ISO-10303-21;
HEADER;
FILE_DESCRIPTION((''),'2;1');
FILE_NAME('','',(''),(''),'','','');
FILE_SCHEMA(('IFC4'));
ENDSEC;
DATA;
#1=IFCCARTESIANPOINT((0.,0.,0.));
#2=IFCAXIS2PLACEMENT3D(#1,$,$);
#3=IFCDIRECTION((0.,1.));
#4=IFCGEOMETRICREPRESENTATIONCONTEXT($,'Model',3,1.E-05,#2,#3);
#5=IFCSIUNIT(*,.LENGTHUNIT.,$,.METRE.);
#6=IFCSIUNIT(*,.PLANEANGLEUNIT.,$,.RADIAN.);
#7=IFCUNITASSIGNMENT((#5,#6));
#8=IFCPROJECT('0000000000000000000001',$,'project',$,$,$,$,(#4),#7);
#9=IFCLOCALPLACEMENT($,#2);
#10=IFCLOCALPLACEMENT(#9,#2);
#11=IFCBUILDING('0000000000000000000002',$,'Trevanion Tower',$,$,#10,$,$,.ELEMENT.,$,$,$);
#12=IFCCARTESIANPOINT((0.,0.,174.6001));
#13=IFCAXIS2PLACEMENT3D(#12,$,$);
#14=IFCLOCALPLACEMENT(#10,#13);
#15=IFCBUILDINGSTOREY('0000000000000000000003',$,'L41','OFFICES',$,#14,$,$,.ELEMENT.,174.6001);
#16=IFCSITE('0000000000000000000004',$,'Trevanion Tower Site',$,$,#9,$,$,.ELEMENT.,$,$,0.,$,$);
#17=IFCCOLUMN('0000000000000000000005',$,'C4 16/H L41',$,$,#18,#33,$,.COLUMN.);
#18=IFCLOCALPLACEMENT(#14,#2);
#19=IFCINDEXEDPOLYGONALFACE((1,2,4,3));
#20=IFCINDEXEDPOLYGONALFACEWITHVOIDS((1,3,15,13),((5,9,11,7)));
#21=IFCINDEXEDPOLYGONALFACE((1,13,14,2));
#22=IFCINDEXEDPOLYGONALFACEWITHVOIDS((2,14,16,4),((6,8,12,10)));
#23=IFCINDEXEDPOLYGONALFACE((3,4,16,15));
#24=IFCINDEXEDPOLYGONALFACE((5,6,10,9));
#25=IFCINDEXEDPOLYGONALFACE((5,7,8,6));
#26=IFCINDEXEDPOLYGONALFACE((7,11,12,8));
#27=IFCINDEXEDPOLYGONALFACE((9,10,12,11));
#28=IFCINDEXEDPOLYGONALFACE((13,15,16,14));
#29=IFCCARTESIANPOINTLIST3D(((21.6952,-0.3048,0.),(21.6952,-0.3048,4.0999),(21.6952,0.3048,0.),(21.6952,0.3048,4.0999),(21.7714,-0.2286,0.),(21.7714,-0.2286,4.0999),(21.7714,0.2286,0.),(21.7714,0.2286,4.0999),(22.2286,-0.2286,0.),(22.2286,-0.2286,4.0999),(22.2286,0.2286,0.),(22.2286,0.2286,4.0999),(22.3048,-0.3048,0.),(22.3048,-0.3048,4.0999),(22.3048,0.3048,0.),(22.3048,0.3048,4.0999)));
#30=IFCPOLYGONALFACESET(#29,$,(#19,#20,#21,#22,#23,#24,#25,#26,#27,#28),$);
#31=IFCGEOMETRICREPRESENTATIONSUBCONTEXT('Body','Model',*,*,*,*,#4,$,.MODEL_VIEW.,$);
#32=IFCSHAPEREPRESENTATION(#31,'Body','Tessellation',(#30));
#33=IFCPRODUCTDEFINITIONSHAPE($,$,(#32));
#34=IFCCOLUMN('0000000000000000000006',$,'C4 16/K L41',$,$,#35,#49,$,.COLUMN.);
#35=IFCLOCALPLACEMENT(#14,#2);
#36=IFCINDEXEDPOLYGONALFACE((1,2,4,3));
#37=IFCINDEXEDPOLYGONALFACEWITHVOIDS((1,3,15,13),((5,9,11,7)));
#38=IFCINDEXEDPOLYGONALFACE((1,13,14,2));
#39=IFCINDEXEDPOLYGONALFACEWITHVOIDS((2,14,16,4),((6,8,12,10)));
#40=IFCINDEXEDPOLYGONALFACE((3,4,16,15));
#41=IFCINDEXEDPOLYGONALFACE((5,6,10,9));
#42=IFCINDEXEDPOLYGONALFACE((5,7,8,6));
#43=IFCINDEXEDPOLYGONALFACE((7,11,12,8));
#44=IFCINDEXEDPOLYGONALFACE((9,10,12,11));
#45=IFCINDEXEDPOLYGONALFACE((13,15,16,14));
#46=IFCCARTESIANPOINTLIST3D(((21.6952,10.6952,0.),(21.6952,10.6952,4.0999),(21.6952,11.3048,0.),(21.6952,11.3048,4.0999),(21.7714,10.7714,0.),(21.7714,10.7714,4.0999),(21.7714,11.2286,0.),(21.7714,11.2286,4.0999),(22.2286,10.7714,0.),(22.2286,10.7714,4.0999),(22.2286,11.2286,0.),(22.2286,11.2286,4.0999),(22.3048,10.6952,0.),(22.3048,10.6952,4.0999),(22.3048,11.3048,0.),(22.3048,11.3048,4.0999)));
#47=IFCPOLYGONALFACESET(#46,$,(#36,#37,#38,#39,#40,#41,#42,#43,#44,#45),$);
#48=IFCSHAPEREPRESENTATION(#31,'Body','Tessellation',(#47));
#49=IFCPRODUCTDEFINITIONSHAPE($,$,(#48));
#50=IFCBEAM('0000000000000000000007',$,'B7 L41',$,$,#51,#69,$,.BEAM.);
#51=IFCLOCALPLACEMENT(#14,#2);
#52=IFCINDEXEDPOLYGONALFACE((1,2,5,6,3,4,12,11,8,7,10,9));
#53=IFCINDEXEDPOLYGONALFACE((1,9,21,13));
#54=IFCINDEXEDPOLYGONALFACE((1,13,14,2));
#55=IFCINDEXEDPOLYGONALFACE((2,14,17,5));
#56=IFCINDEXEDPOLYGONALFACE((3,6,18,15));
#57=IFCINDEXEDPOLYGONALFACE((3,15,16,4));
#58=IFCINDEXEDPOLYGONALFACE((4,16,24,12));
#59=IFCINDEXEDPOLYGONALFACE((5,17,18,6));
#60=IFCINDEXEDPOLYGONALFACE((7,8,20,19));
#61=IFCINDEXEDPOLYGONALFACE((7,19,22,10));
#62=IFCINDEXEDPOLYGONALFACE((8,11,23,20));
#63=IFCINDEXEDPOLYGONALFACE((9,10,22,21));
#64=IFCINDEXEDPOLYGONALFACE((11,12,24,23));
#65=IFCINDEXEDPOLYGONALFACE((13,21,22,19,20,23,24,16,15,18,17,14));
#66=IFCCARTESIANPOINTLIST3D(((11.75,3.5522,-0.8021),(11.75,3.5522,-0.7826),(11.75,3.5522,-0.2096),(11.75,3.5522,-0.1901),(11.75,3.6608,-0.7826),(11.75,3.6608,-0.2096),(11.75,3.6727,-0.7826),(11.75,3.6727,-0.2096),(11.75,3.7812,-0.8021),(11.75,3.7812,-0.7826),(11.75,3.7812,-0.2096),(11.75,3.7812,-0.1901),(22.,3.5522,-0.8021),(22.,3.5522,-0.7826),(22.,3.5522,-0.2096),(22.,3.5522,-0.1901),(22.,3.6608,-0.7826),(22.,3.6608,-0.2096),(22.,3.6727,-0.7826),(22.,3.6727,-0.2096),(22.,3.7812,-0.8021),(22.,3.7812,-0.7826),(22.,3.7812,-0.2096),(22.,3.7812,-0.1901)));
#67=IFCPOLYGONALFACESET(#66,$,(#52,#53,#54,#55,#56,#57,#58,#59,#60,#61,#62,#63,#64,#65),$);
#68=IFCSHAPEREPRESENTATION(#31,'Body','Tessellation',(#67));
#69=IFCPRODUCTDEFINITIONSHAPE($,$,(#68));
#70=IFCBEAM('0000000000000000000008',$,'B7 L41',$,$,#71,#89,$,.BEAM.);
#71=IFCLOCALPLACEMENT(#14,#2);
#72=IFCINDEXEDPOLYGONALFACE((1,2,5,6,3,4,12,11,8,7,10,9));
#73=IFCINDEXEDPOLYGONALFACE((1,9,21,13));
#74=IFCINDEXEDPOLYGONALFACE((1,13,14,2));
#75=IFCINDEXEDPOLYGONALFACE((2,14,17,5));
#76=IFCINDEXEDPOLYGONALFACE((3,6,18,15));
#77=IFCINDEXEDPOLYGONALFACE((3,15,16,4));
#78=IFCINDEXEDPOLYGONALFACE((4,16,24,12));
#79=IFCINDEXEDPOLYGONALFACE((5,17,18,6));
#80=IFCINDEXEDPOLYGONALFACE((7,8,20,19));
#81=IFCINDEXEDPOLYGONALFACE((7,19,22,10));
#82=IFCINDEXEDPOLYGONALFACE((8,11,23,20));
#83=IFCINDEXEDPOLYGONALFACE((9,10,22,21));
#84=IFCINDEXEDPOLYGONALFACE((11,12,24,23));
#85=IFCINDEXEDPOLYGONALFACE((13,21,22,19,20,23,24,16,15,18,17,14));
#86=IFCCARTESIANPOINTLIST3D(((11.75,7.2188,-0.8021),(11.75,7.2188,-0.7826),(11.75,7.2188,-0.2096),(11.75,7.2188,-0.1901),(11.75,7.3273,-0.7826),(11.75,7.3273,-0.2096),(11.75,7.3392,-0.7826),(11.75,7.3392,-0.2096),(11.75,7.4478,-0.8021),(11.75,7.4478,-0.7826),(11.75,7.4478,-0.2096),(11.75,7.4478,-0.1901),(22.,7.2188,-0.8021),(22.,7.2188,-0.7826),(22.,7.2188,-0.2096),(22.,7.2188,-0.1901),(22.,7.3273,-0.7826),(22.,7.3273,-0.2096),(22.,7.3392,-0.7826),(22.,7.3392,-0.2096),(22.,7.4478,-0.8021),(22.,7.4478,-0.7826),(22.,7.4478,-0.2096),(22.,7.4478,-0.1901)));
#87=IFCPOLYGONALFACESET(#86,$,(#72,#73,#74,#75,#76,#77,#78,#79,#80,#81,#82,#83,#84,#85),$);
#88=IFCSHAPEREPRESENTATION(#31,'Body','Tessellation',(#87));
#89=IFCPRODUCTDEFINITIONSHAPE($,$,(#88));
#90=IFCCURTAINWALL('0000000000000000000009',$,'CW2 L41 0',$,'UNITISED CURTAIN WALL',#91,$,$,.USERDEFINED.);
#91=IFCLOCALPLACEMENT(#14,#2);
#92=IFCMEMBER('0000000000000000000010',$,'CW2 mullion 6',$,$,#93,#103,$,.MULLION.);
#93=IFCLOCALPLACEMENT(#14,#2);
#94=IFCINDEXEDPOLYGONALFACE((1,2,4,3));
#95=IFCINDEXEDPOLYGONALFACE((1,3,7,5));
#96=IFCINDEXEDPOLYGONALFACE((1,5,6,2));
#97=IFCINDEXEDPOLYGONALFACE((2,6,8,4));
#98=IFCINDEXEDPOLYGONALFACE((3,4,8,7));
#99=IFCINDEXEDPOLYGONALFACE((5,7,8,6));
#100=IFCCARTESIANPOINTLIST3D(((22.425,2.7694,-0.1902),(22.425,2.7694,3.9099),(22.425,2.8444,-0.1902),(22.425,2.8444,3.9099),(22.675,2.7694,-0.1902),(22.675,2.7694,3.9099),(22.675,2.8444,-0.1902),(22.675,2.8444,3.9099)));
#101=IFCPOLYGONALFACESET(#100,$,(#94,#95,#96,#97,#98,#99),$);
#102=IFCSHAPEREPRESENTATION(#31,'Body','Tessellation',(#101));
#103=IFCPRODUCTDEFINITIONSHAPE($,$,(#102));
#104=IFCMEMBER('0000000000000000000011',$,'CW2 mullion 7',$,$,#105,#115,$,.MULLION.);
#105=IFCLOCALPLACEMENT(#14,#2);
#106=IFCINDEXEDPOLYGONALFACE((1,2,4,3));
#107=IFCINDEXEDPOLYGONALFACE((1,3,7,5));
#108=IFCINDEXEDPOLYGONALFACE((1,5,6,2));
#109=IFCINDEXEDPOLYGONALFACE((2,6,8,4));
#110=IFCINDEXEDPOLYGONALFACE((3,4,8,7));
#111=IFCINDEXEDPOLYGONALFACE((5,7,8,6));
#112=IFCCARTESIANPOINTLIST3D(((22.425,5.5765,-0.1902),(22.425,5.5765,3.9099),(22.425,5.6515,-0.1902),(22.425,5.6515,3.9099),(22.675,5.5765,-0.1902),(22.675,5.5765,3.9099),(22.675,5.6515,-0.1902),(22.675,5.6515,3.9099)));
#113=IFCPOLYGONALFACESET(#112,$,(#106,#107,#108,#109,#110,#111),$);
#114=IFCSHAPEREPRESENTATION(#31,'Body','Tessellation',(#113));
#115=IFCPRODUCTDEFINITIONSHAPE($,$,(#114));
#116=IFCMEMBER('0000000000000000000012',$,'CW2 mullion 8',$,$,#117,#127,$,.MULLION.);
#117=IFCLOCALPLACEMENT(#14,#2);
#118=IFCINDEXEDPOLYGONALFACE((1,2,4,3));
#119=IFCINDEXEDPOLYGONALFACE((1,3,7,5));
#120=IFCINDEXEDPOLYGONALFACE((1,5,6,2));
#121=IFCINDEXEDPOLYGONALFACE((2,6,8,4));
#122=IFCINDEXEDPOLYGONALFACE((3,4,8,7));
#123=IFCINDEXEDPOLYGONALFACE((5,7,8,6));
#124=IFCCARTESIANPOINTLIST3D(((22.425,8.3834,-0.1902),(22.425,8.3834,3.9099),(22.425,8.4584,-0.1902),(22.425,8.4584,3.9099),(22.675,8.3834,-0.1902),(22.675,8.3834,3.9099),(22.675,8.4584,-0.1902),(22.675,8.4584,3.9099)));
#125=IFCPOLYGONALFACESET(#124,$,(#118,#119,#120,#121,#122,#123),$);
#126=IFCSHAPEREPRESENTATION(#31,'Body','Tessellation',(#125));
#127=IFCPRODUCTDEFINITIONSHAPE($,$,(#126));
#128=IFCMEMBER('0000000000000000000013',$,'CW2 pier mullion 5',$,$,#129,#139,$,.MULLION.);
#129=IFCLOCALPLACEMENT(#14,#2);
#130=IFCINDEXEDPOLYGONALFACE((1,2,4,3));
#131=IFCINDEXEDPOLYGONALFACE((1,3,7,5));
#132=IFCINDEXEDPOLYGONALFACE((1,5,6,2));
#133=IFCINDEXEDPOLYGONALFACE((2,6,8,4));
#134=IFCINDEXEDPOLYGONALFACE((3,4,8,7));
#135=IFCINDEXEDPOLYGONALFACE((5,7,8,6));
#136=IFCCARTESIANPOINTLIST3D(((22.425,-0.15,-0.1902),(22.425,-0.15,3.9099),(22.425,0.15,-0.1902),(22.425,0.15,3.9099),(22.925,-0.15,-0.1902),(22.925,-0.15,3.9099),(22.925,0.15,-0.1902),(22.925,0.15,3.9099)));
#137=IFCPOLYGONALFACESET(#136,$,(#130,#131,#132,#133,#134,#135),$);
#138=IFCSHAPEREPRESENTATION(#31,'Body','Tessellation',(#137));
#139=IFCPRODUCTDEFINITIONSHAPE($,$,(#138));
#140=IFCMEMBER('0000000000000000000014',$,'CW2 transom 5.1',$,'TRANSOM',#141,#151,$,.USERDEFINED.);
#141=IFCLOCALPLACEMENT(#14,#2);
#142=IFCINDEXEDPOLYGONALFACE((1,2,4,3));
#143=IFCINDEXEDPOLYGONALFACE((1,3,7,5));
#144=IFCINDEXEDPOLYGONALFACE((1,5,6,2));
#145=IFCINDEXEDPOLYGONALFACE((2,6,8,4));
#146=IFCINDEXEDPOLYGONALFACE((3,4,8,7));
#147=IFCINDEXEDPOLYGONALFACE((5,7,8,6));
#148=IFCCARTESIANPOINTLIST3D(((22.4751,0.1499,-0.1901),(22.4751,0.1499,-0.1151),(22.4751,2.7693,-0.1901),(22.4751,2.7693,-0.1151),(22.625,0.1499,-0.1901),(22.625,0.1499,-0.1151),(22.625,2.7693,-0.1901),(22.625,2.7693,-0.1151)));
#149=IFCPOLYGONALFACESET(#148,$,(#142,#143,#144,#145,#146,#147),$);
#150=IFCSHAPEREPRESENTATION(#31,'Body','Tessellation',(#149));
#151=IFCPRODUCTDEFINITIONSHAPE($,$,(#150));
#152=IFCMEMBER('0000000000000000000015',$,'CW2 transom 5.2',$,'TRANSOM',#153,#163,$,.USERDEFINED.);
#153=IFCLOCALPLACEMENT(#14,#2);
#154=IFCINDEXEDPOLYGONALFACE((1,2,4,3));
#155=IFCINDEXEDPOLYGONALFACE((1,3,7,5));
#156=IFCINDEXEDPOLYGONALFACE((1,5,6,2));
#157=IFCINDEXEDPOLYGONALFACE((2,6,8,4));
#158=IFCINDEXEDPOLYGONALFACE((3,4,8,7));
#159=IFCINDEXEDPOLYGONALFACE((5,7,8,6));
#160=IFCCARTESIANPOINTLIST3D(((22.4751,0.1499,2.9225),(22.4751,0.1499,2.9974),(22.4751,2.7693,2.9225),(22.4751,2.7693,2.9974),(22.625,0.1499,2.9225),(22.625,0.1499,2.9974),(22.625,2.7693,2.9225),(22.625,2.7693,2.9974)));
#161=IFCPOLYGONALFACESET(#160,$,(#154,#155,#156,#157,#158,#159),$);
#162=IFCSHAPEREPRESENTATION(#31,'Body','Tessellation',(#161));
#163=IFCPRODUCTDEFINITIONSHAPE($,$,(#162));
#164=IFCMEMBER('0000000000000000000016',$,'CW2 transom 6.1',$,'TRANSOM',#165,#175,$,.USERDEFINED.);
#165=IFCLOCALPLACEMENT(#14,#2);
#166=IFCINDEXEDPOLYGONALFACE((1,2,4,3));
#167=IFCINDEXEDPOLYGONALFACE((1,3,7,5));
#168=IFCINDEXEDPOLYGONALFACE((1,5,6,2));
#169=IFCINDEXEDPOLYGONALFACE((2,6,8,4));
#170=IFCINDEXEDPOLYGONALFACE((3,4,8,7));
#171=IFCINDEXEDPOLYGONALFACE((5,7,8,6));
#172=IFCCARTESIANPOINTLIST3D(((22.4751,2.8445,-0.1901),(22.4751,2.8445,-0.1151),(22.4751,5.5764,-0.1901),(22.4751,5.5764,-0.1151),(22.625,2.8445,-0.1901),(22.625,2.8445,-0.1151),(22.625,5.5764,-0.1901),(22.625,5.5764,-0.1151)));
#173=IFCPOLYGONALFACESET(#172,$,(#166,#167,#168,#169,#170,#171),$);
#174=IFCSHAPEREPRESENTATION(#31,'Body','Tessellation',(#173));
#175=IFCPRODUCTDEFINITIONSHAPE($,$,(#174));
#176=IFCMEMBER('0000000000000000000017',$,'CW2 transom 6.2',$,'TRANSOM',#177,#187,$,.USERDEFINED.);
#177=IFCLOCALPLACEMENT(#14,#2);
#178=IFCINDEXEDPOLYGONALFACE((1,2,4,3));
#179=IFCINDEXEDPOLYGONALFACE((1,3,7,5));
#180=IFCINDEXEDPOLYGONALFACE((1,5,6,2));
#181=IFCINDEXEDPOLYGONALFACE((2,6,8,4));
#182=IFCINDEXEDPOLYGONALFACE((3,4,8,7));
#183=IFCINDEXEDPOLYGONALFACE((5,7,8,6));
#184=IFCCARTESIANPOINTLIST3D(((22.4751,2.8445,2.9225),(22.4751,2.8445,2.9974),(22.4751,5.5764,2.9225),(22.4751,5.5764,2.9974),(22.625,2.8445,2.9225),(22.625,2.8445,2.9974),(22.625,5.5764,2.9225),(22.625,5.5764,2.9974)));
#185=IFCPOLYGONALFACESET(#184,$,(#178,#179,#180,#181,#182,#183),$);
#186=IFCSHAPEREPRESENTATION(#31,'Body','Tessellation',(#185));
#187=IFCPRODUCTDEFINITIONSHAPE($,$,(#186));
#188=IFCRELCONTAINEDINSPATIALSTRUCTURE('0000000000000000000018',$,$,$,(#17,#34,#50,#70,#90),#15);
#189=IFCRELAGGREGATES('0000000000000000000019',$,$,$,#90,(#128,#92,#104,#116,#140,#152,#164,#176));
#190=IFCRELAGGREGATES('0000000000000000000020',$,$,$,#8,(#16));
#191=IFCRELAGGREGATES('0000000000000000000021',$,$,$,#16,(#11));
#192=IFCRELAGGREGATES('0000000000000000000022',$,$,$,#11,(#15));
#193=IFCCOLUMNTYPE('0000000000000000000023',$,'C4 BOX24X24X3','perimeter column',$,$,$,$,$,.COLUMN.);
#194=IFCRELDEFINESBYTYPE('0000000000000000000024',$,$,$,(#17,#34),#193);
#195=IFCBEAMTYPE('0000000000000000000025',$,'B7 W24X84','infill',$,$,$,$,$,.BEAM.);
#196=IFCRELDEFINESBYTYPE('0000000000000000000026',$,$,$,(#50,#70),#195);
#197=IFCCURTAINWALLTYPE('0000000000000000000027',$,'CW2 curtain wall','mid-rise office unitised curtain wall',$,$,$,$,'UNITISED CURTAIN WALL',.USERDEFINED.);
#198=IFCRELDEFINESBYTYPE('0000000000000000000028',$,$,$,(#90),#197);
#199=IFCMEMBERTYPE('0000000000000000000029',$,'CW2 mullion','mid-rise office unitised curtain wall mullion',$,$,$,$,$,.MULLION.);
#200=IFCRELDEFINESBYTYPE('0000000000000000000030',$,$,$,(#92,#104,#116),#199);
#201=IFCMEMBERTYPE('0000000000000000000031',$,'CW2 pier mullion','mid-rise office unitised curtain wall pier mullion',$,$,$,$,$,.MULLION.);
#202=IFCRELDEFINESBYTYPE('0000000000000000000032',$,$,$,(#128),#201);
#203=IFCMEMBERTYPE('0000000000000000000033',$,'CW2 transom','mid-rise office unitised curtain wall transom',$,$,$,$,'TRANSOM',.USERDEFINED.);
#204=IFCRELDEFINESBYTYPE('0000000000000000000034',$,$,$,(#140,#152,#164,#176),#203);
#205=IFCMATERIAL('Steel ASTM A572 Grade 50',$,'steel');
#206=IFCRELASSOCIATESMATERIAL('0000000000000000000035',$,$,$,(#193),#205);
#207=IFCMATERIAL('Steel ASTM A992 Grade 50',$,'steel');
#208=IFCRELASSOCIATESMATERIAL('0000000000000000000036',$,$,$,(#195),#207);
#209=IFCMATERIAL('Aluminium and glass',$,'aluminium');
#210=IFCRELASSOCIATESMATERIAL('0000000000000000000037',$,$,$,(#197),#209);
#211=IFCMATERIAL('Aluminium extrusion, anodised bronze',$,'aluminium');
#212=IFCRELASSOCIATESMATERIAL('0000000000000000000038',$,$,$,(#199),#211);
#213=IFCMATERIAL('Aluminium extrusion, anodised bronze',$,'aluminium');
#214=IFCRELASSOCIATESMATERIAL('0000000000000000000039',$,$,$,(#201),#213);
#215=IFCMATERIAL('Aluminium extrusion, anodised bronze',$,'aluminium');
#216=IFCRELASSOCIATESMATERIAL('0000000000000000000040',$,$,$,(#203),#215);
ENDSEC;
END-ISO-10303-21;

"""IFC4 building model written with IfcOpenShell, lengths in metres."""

from ifc_helpers import new_model, si_unit, direction, frame, origin, origin_2d, place, context, subcontext, project, spatial, rectangle, hollow_rectangle, i_section, extrude, material, material_profile, profile_set, type_object, element, aggregate, save


model = new_model("IFC4")

# Units and contexts
model_context = context("Model", 3, precision=1e-05, world=origin(), true_north=direction((0.0, 1.0)))
body_context = subcontext(model_context, "Body", "Model", "MODEL_VIEW")
ifc_project = project(units=[si_unit("LENGTHUNIT", "METRE"), si_unit("PLANEANGLEUNIT", "RADIAN")], contexts=[model_context])

# Site, building, storey
site_placement = place(None, origin())
site = spatial("IfcSite", under=ifc_project, at=site_placement, Name="Trevanion Tower Site", CompositionType="ELEMENT", RefElevation=0.0)
building_placement = place(site_placement, origin())
building = spatial("IfcBuilding", under=site, at=building_placement, Name="Trevanion Tower", CompositionType="ELEMENT")
storey_placement = place(building_placement, frame((0.0, 0.0, 174.6001)))
storey = spatial("IfcBuildingStorey", under=building, at=storey_placement, Name="L41", Description="OFFICES", CompositionType="ELEMENT", Elevation=174.6001)

# Columns
ifc_material_1 = material(Name="Steel ASTM A572 Grade 50", Category="steel")
ifc_material_profile_1 = material_profile(ifc_material_1, hollow_rectangle(XDim=0.6096, YDim=0.6096, WallThickness=0.0762, at=origin_2d()), Name="BOX24X24X3")
ifc_profile_set_1 = profile_set([ifc_material_profile_1], Name="Steel ASTM A572 Grade 50")
column_type = type_object("IfcColumnType", Name="C4 BOX24X24X3", Description="perimeter column", PredefinedType="COLUMN", material=ifc_profile_set_1)
for number, where, z_axis, x_axis, name in (
    (1, (22.0, 0.0, 0.0), (0.0, 0.0, 1.0), (0.0, 1.0, 0.0), "C4 16/H L41"),
    (2, (22.0, 11.0, 0.0), (0.0, 0.0, 1.0), (0.0, 1.0, 0.0), "C4 16/K L41"),
):
    element("IfcColumn", number, at=place(storey_placement, frame(where, z_axis=z_axis, x_axis=x_axis)), inside=storey, type_object=column_type, Name=name, PredefinedType="COLUMN", context=body_context, shape_type="SweptSolid", body=[
        extrude(hollow_rectangle(XDim=0.6096, YDim=0.6096, WallThickness=0.0762, at=origin_2d()), origin(), (0.0, 0.0, 1.0), 4.0999),
    ])

# Beams
ifc_material_2 = material(Name="Steel ASTM A992 Grade 50", Category="steel")
ifc_material_profile_2 = material_profile(ifc_material_2, i_section(OverallWidth=0.229, OverallDepth=0.6121, WebThickness=0.012, FlangeThickness=0.0195, at=origin_2d()), Name="W24X84")
ifc_profile_set_2 = profile_set([ifc_material_profile_2], Name="Steel ASTM A992 Grade 50")
beam_type_1 = type_object("IfcBeamType", Name="B7 W24X84", Description="infill", PredefinedType="BEAM", material=ifc_profile_set_2)
for number, where, z_axis, x_axis, name in (
    (3, (11.75, 3.6667, -0.4961), (1.0, 0.0, 0.0), (0.0, 1.0, 0.0), "B7 L41"),
    (4, (11.75, 7.3333, -0.4961), (1.0, 0.0, 0.0), (0.0, 1.0, 0.0), "B7 L41"),
):
    element("IfcBeam", number, at=place(storey_placement, frame(where, z_axis=z_axis, x_axis=x_axis)), inside=storey, type_object=beam_type_1, Name=name, PredefinedType="BEAM", context=body_context, shape_type="SweptSolid", body=[
        extrude(i_section(OverallWidth=0.229, OverallDepth=0.6121, WebThickness=0.012, FlangeThickness=0.0195, at=origin_2d()), origin(), (0.0, 0.0, 1.0), 10.25),
    ])

# Curtain wall, members
ifc_material_3 = material(Name="Aluminium and glass", Category="aluminium")
curtain_wall_type = type_object("IfcCurtainWallType", Name="CW2 curtain wall", Description="mid-rise office unitised curtain wall", ElementType="UNITISED CURTAIN WALL", PredefinedType="USERDEFINED", material=ifc_material_3)
curtain_wall_placement = place(storey_placement, origin())
curtain_wall = element("IfcCurtainWall", 5, at=curtain_wall_placement, inside=storey, type_object=curtain_wall_type, Name="CW2 L41 0", ObjectType="UNITISED CURTAIN WALL", PredefinedType="USERDEFINED")
ifc_material_4 = material(Name="Aluminium extrusion, anodised bronze", Category="aluminium")
ifc_material_profile_3 = material_profile(ifc_material_4, rectangle(XDim=0.075, YDim=0.25, at=origin_2d()), Name="CW2 mullion")
ifc_profile_set_3 = profile_set([ifc_material_profile_3], Name="Aluminium extrusion, anodised bronze")
member_type_1 = type_object("IfcMemberType", Name="CW2 mullion", Description="mid-rise office unitised curtain wall mullion", PredefinedType="MULLION", material=ifc_profile_set_3)
member_1_placement = place(storey_placement, frame((22.55, 2.8069, -0.1902), z_axis=(0.0, 0.0, 1.0), x_axis=(0.0, 1.0, 0.0)))
member_1 = element("IfcMember", 6, at=member_1_placement, type_object=member_type_1, Name="CW2 mullion 6", PredefinedType="MULLION", context=body_context, shape_type="SweptSolid", body=[
    extrude(rectangle(XDim=0.075, YDim=0.25, at=origin_2d()), origin(), (0.0, 0.0, 1.0), 4.1001),
])
member_2_placement = place(storey_placement, frame((22.55, 5.614, -0.1902), z_axis=(0.0, 0.0, 1.0), x_axis=(0.0, 1.0, 0.0)))
member_2 = element("IfcMember", 7, at=member_2_placement, type_object=member_type_1, Name="CW2 mullion 7", PredefinedType="MULLION", context=body_context, shape_type="SweptSolid", body=[
    extrude(rectangle(XDim=0.075, YDim=0.25, at=origin_2d()), origin(), (0.0, 0.0, 1.0), 4.1001),
])
member_3_placement = place(storey_placement, frame((22.55, 8.4209, -0.1902), z_axis=(0.0, 0.0, 1.0), x_axis=(0.0, 1.0, 0.0)))
member_3 = element("IfcMember", 8, at=member_3_placement, type_object=member_type_1, Name="CW2 mullion 8", PredefinedType="MULLION", context=body_context, shape_type="SweptSolid", body=[
    extrude(rectangle(XDim=0.075, YDim=0.25, at=origin_2d()), origin(), (0.0, 0.0, 1.0), 4.1001),
])
ifc_material_5 = material(Name="Aluminium extrusion, anodised bronze", Category="aluminium")
ifc_material_profile_4 = material_profile(ifc_material_5, rectangle(XDim=0.3, YDim=0.5, at=origin_2d()), Name="CW2 pier mullion")
ifc_profile_set_4 = profile_set([ifc_material_profile_4], Name="Aluminium extrusion, anodised bronze")
member_type_2 = type_object("IfcMemberType", Name="CW2 pier mullion", Description="mid-rise office unitised curtain wall pier mullion", PredefinedType="MULLION", material=ifc_profile_set_4)
member_4_placement = place(storey_placement, frame((22.675, 0.0, -0.1902), z_axis=(0.0, 0.0, 1.0), x_axis=(0.0, 1.0, 0.0)))
member_4 = element("IfcMember", 9, at=member_4_placement, type_object=member_type_2, Name="CW2 pier mullion 5", PredefinedType="MULLION", context=body_context, shape_type="SweptSolid", body=[
    extrude(rectangle(XDim=0.3, YDim=0.5, at=origin_2d()), origin(), (0.0, 0.0, 1.0), 4.1001),
])
ifc_material_6 = material(Name="Aluminium extrusion, anodised bronze", Category="aluminium")
ifc_material_profile_5 = material_profile(ifc_material_6, rectangle(XDim=0.1499, YDim=0.075, at=origin_2d()), Name="CW2 transom")
ifc_profile_set_5 = profile_set([ifc_material_profile_5], Name="Aluminium extrusion, anodised bronze")
member_type_3 = type_object("IfcMemberType", Name="CW2 transom", Description="mid-rise office unitised curtain wall transom", ElementType="TRANSOM", PredefinedType="USERDEFINED", material=ifc_profile_set_5)
member_5_placement = place(storey_placement, frame((22.55, 0.1499, -0.1526), z_axis=(0.0, 1.0, 0.0), x_axis=(-1.0, 0.0, 0.0)))
member_5 = element("IfcMember", 10, at=member_5_placement, type_object=member_type_3, Name="CW2 transom 5.1", ObjectType="TRANSOM", PredefinedType="USERDEFINED", context=body_context, shape_type="SweptSolid", body=[
    extrude(rectangle(XDim=0.1499, YDim=0.075, at=origin_2d()), origin(), (0.0, 0.0, 1.0), 2.6194),
])
member_6_placement = place(storey_placement, frame((22.55, 0.1499, 2.96), z_axis=(0.0, 1.0, 0.0), x_axis=(-1.0, 0.0, 0.0)))
member_6 = element("IfcMember", 11, at=member_6_placement, type_object=member_type_3, Name="CW2 transom 5.2", ObjectType="TRANSOM", PredefinedType="USERDEFINED", context=body_context, shape_type="SweptSolid", body=[
    extrude(rectangle(XDim=0.1499, YDim=0.075, at=origin_2d()), origin(), (0.0, 0.0, 1.0), 2.6194),
])
member_7_placement = place(storey_placement, frame((22.55, 2.8445, -0.1526), z_axis=(0.0, 1.0, 0.0), x_axis=(-1.0, 0.0, 0.0)))
member_7 = element("IfcMember", 12, at=member_7_placement, type_object=member_type_3, Name="CW2 transom 6.1", ObjectType="TRANSOM", PredefinedType="USERDEFINED", context=body_context, shape_type="SweptSolid", body=[
    extrude(rectangle(XDim=0.1499, YDim=0.075, at=origin_2d()), origin(), (0.0, 0.0, 1.0), 2.7319),
])
member_8_placement = place(storey_placement, frame((22.55, 2.8445, 2.96), z_axis=(0.0, 1.0, 0.0), x_axis=(-1.0, 0.0, 0.0)))
member_8 = element("IfcMember", 13, at=member_8_placement, type_object=member_type_3, Name="CW2 transom 6.2", ObjectType="TRANSOM", PredefinedType="USERDEFINED", context=body_context, shape_type="SweptSolid", body=[
    extrude(rectangle(XDim=0.1499, YDim=0.075, at=origin_2d()), origin(), (0.0, 0.0, 1.0), 2.7319),
])

aggregate(curtain_wall, [member_4, member_1, member_2, member_3, member_5, member_6, member_7, member_8])

save(model, "model.ifc")
